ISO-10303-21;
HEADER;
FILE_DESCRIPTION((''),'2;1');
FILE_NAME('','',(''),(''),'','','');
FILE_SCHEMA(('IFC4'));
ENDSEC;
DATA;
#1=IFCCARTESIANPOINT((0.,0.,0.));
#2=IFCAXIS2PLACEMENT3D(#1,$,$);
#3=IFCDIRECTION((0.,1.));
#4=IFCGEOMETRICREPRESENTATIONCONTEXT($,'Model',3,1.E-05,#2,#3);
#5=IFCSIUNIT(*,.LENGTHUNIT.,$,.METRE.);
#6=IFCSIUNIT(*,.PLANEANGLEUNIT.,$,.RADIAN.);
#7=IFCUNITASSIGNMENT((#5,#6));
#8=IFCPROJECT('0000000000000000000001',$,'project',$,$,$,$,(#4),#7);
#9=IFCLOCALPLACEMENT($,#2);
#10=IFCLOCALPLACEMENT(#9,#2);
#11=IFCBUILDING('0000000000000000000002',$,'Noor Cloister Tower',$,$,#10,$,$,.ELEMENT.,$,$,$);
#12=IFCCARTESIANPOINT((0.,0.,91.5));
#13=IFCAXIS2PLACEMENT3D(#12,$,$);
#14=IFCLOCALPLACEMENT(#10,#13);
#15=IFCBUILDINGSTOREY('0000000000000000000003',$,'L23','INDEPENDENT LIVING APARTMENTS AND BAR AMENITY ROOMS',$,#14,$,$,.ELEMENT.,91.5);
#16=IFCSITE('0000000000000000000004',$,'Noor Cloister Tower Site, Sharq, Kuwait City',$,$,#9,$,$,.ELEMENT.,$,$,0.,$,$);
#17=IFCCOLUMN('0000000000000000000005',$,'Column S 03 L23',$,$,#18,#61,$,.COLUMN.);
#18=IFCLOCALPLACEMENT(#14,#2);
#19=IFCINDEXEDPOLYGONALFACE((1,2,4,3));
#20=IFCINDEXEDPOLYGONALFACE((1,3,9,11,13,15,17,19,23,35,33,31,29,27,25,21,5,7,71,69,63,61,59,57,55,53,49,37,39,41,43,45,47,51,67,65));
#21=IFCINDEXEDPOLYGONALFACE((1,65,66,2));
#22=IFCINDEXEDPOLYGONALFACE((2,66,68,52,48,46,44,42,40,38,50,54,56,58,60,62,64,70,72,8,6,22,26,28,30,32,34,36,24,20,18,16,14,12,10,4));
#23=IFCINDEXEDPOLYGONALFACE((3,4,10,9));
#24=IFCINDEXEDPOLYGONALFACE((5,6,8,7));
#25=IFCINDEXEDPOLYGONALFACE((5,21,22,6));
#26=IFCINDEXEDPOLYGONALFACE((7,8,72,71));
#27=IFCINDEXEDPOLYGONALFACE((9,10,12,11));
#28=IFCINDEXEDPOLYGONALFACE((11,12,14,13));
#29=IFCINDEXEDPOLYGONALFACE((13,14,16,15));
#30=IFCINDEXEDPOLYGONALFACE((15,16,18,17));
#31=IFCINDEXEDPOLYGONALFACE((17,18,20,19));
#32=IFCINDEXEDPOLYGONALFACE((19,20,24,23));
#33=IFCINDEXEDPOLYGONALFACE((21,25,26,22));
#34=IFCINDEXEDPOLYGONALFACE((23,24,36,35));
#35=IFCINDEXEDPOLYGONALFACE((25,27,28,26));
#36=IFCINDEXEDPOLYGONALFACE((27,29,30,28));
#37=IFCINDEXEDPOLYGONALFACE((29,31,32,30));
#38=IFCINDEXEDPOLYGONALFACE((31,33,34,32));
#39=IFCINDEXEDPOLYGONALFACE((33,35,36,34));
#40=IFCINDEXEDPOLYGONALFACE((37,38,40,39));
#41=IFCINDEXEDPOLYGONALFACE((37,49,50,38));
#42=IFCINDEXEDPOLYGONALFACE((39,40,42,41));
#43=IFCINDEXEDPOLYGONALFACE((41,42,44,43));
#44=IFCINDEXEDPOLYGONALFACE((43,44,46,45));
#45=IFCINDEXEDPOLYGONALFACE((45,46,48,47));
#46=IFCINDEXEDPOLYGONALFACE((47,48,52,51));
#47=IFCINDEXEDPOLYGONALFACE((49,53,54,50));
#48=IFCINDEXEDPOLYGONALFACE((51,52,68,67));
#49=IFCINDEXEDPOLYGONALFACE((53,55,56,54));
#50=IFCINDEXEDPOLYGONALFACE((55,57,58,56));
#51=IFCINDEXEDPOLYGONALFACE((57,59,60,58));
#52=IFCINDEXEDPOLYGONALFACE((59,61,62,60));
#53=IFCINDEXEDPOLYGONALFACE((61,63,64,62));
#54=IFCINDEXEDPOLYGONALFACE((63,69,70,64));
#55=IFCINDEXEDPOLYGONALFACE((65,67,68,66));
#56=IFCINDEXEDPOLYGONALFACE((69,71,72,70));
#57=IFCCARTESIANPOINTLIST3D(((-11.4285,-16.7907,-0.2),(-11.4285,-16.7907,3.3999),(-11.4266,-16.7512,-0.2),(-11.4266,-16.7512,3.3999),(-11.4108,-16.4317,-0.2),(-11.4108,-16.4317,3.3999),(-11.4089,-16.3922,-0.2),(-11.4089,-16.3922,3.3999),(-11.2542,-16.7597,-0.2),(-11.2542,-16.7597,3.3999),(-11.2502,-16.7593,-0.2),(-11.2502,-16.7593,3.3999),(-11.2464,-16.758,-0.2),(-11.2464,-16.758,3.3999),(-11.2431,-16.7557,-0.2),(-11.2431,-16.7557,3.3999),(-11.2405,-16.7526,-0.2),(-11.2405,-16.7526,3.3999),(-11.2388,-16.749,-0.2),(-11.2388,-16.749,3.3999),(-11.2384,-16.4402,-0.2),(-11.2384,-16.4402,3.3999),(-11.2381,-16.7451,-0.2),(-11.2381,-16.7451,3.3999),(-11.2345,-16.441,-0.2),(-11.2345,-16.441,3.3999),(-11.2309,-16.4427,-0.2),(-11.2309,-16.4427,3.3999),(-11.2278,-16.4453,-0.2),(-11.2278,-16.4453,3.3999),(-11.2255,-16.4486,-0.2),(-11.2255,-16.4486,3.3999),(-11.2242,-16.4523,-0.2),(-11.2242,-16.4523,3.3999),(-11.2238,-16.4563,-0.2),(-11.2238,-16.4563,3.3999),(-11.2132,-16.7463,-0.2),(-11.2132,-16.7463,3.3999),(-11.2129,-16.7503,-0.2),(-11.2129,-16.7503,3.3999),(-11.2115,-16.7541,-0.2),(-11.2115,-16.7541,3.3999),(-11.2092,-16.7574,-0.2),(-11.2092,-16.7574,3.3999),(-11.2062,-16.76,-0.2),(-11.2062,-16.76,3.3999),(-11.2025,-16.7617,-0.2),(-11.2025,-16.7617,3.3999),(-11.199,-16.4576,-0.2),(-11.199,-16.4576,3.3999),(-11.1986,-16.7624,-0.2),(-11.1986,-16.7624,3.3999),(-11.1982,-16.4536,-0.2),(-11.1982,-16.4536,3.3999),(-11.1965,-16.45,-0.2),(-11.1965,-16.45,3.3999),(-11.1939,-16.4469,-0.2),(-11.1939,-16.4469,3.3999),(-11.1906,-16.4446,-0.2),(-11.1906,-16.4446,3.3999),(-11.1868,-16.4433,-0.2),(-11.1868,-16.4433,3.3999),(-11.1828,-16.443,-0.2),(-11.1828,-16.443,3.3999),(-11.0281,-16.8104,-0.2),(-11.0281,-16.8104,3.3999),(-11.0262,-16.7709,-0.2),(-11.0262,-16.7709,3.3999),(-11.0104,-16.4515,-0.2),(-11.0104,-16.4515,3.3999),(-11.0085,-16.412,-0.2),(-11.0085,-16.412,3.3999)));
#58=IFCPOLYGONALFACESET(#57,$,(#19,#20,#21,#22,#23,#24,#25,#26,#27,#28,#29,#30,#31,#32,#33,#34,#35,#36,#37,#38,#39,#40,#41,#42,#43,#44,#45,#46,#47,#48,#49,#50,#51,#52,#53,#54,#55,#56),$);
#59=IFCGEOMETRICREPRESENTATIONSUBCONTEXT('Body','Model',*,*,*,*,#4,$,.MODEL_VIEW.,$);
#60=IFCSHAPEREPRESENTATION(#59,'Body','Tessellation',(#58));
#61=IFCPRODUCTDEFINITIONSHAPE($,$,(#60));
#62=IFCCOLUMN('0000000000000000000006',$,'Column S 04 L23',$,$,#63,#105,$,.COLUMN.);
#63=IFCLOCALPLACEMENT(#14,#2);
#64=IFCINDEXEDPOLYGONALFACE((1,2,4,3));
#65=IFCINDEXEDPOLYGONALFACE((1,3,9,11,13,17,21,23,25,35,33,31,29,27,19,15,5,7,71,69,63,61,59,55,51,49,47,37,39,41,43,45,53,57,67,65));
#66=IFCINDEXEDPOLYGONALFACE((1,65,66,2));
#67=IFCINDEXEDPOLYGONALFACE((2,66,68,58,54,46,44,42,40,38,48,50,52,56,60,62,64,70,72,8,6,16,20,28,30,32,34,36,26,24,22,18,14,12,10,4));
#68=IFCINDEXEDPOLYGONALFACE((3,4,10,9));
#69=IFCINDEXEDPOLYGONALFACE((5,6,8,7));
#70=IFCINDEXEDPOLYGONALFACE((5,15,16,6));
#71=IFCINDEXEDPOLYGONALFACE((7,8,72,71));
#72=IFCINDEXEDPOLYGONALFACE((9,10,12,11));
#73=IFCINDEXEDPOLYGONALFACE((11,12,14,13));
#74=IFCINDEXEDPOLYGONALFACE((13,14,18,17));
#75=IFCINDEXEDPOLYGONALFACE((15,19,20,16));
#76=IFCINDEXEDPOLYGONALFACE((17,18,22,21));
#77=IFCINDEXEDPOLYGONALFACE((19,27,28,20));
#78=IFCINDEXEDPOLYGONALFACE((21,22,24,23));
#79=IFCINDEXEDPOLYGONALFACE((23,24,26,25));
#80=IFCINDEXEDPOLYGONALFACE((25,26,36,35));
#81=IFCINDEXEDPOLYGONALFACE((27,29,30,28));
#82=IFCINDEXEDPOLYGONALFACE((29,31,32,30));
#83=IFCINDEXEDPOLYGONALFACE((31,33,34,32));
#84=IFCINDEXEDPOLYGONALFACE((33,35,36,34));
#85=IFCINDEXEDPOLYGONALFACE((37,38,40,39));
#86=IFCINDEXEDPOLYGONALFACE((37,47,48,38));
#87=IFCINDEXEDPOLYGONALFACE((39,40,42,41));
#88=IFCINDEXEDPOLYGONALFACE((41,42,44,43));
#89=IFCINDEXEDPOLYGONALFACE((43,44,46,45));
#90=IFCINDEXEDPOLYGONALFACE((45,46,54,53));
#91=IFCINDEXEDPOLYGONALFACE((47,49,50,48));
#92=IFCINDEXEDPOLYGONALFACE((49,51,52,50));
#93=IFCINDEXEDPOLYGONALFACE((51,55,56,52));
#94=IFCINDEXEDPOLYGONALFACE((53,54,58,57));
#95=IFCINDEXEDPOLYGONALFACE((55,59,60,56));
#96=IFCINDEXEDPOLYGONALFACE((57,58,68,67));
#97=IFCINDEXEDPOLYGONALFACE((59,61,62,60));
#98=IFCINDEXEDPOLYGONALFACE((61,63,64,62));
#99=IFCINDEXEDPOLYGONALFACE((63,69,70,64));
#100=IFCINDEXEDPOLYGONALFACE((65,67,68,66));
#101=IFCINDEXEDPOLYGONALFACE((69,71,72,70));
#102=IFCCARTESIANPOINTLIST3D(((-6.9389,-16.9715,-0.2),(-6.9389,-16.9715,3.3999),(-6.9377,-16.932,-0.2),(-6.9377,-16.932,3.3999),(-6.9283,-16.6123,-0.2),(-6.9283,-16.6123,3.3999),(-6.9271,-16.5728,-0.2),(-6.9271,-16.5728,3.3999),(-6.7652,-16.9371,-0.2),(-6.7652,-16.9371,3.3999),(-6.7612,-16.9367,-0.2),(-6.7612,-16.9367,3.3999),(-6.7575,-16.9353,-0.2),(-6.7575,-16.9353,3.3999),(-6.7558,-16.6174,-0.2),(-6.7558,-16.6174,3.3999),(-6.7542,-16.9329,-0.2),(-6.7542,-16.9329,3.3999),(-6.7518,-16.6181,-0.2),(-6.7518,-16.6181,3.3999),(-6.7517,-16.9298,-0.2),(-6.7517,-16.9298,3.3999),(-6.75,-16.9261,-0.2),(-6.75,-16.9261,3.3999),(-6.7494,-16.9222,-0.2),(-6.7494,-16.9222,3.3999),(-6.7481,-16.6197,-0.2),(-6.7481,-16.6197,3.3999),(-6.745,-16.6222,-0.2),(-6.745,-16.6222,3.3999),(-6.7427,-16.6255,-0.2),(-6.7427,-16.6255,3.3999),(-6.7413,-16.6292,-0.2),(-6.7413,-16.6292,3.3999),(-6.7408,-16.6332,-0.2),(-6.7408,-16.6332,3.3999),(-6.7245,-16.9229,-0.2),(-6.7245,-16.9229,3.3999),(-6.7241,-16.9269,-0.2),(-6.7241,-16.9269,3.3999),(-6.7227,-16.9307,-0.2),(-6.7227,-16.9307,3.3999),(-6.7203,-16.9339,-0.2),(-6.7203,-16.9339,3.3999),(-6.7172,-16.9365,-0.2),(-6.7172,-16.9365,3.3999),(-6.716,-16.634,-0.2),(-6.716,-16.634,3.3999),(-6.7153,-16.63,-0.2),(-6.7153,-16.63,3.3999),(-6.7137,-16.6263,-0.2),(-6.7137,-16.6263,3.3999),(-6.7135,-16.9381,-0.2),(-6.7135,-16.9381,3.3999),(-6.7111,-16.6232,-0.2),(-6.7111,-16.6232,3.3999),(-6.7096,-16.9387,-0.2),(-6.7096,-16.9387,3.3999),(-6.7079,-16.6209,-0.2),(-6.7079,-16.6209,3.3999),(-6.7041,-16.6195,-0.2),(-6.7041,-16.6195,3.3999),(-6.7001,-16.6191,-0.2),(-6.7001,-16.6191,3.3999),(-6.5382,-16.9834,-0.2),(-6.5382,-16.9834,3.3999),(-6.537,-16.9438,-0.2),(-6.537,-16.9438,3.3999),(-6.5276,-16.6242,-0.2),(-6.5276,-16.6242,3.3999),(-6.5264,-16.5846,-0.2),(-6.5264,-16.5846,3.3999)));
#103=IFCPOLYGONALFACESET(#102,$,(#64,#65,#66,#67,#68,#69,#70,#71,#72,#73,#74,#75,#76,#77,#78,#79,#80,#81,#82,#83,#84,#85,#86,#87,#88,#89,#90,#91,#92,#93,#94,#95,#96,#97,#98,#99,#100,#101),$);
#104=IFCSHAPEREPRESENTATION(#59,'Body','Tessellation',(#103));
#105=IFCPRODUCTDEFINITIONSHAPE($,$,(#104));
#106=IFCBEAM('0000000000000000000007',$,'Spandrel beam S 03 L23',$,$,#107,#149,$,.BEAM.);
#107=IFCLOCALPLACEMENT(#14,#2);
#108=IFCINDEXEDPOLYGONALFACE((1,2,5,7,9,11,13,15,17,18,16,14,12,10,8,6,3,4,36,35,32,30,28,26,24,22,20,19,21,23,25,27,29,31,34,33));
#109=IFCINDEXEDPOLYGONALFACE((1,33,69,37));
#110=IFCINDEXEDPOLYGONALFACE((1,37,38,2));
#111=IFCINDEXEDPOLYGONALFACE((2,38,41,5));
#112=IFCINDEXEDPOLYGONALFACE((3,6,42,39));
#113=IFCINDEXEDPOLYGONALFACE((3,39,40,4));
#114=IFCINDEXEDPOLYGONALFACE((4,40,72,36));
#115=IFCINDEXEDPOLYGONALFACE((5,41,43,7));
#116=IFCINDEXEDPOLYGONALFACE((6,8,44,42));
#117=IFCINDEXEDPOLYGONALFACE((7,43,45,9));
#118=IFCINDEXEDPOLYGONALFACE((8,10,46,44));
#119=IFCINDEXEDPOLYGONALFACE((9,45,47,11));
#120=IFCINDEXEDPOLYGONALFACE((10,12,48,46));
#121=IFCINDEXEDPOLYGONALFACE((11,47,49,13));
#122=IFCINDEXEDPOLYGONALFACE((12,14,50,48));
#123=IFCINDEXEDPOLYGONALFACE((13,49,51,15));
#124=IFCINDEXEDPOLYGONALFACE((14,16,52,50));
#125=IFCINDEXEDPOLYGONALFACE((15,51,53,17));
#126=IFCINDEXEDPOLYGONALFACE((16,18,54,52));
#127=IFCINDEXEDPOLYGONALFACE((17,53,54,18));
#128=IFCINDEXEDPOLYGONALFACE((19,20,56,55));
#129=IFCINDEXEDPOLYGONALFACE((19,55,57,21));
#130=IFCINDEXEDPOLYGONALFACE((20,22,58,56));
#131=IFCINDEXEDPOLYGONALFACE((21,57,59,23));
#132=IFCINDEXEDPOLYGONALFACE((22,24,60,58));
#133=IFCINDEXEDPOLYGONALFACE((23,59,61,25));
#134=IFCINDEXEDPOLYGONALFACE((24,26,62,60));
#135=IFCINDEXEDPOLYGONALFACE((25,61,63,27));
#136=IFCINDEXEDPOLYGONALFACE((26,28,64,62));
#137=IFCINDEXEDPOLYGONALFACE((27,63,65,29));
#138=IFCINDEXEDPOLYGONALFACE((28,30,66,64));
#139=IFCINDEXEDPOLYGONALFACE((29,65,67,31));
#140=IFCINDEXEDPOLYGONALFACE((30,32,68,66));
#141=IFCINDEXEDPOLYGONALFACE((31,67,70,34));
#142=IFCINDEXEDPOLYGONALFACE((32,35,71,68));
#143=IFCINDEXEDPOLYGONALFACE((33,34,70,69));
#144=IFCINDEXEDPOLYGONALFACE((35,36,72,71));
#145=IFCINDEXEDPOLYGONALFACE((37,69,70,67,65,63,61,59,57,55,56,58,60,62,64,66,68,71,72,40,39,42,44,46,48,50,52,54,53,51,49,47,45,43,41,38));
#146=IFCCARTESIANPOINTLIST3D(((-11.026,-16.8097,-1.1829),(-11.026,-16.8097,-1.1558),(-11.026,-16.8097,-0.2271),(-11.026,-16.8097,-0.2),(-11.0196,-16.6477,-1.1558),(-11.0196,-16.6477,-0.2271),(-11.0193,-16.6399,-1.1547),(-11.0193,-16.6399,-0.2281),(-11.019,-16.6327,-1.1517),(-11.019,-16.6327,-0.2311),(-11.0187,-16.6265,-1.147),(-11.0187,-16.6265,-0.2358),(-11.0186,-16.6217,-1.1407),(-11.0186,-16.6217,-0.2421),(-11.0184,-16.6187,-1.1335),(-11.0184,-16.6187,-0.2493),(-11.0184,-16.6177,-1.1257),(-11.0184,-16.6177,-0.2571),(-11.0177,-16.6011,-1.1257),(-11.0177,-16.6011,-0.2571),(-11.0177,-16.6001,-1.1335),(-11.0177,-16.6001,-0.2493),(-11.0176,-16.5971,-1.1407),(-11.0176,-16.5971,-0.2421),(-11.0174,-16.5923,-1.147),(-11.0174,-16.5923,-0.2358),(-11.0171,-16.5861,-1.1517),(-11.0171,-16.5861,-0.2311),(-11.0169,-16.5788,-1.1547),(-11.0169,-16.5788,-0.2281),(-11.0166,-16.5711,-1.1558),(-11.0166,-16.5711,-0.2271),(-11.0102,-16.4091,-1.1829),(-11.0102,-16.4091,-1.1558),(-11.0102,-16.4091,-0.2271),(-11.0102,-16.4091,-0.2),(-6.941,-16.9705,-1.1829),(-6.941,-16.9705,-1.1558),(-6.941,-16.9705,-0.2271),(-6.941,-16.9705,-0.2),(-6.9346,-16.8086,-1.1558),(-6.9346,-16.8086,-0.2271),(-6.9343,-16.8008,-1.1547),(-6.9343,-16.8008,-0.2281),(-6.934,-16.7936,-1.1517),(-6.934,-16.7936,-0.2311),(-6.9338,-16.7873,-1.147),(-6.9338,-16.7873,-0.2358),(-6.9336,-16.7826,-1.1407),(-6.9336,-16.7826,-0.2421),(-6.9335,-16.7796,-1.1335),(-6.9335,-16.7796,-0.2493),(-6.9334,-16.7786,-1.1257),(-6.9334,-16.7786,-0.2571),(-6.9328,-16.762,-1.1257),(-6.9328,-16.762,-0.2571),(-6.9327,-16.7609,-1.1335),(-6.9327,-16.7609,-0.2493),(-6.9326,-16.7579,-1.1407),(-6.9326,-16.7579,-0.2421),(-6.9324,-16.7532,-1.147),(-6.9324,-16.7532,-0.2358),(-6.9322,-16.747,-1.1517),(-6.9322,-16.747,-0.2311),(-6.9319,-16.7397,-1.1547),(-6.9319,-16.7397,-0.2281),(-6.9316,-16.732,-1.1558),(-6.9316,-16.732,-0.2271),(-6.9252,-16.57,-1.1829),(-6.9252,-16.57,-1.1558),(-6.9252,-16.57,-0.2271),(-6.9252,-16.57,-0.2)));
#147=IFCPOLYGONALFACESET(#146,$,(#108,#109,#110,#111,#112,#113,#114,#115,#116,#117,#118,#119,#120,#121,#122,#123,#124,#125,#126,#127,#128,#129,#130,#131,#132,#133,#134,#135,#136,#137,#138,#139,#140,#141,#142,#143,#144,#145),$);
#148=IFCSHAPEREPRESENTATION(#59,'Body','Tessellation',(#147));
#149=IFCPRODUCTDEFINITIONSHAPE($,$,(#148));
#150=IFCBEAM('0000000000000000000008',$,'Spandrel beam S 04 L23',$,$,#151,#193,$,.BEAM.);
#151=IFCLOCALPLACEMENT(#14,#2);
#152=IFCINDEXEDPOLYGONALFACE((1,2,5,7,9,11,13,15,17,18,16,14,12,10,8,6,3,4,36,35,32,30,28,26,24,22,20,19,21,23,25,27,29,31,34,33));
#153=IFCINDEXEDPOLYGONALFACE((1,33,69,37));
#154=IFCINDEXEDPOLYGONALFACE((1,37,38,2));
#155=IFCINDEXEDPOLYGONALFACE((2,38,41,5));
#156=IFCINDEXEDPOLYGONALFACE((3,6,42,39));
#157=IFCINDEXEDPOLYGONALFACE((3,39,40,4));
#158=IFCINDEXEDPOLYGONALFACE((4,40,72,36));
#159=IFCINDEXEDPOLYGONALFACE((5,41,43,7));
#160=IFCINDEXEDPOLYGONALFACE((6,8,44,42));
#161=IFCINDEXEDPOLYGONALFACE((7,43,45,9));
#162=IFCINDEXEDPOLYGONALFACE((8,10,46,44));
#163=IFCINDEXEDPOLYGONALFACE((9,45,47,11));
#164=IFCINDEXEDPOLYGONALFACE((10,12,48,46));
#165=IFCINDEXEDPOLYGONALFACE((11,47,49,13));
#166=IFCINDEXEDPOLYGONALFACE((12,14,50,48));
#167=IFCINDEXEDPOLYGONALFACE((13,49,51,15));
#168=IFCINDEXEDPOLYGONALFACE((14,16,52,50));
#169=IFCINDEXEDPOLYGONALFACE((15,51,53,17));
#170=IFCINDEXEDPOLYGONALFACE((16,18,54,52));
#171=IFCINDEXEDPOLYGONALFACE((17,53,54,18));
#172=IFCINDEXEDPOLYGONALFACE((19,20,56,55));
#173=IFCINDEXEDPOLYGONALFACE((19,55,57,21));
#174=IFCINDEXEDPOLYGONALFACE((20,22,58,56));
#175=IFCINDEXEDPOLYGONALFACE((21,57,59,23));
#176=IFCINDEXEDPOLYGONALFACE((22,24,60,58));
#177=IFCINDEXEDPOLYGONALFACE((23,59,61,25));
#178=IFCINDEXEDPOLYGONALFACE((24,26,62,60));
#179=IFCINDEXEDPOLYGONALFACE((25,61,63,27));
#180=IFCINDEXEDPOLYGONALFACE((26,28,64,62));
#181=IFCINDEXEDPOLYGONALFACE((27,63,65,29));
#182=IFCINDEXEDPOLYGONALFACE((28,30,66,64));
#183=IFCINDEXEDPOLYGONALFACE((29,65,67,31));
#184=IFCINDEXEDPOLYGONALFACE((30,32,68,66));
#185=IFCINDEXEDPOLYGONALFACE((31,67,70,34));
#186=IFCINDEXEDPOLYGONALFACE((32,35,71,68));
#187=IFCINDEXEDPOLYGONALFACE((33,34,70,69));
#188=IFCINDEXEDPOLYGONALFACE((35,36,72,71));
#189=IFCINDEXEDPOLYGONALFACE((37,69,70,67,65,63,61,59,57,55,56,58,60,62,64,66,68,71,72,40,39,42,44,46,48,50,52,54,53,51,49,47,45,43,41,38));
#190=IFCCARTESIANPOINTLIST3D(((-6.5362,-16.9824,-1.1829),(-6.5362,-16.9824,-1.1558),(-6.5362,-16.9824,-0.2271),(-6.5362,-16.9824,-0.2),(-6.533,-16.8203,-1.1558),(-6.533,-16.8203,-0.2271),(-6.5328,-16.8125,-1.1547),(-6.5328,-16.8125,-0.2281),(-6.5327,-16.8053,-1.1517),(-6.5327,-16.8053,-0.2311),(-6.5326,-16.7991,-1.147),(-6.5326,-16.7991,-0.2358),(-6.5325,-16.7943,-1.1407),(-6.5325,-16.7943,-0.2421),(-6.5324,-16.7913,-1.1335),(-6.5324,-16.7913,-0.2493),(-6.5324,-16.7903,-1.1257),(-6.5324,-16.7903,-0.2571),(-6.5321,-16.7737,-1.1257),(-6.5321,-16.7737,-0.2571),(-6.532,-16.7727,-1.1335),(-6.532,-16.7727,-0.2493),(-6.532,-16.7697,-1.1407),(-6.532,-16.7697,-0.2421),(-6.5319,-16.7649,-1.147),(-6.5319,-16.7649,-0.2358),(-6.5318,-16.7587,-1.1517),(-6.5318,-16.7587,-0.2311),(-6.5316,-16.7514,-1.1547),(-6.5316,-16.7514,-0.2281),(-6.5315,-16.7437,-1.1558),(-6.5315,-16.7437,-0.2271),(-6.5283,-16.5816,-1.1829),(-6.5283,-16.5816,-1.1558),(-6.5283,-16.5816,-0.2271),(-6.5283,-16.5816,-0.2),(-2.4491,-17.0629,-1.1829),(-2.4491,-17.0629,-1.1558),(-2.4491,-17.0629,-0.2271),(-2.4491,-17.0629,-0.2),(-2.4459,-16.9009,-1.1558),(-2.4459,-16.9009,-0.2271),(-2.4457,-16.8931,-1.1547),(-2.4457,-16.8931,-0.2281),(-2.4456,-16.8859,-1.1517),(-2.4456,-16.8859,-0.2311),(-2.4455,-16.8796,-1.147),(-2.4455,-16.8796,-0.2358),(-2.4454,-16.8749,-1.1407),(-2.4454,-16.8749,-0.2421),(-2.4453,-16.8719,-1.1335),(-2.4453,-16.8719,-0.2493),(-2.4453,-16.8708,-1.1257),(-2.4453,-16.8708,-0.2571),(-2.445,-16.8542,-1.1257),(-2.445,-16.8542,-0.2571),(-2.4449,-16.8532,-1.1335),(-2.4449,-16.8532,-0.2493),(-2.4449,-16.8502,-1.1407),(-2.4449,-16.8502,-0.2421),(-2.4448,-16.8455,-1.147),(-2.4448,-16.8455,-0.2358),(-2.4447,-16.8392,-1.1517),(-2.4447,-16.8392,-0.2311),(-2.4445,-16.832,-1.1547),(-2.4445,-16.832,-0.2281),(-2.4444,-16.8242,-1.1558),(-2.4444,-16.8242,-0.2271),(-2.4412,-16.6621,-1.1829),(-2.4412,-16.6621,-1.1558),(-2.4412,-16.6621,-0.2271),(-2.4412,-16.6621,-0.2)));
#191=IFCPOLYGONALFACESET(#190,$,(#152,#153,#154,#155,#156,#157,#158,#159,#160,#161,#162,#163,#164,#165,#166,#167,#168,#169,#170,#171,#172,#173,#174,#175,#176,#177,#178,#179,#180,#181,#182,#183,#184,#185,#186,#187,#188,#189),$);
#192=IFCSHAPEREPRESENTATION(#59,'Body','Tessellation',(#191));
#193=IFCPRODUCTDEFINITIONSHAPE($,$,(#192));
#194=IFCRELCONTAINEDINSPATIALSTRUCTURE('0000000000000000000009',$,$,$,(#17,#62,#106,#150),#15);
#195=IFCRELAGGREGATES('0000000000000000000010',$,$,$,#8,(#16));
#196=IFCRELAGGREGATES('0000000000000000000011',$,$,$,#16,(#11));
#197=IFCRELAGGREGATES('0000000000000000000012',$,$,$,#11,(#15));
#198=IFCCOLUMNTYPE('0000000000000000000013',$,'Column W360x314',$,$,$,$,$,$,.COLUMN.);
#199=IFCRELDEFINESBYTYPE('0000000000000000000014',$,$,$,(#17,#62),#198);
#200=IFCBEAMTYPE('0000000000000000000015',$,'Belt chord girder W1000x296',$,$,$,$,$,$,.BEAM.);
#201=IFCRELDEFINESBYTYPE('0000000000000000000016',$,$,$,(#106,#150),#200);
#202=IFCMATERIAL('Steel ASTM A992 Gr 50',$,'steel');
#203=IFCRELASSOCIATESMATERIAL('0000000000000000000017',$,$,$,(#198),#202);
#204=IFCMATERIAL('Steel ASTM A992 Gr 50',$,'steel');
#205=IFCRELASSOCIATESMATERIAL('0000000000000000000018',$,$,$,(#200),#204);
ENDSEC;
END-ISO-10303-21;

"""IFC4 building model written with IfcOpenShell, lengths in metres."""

from ifc_helpers import new_model, si_unit, direction, frame, origin, origin_2d, place, context, subcontext, project, spatial, i_section, extrude, material, material_profile, profile_set, type_object, element, save


model = new_model("IFC4")

# Units and contexts
model_context = context("Model", 3, precision=1e-05, world=origin(), true_north=direction((0.0, 1.0)))
body_context = subcontext(model_context, "Body", "Model", "MODEL_VIEW")
ifc_project = project(units=[si_unit("LENGTHUNIT", "METRE"), si_unit("PLANEANGLEUNIT", "RADIAN")], contexts=[model_context])

# Site, building, storey
site_placement = place(None, origin())
site = spatial("IfcSite", under=ifc_project, at=site_placement, Name="Noor Cloister Tower Site, Sharq, Kuwait City", CompositionType="ELEMENT", RefElevation=0.0)
building_placement = place(site_placement, origin())
building = spatial("IfcBuilding", under=site, at=building_placement, Name="Noor Cloister Tower", CompositionType="ELEMENT")
storey_placement = place(building_placement, frame((0.0, 0.0, 91.5)))
storey = spatial("IfcBuildingStorey", under=building, at=storey_placement, Name="L23", Description="INDEPENDENT LIVING APARTMENTS AND BAR AMENITY ROOMS", CompositionType="ELEMENT", Elevation=91.5)

# Columns
ifc_material_1 = material(Name="Steel ASTM A992 Gr 50", Category="steel")
ifc_material_profile_1 = material_profile(ifc_material_1, i_section(OverallWidth=0.4009, OverallDepth=0.3989, WebThickness=0.0249, FlangeThickness=0.0396, FilletRadius=0.0154, at=origin_2d()), Name="W360x314")
ifc_profile_set_1 = profile_set([ifc_material_profile_1], Name="Steel ASTM A992 Gr 50")
column_type = type_object("IfcColumnType", Name="Column W360x314", PredefinedType="COLUMN", material=ifc_profile_set_1)
for number, where, z_axis, x_axis, name in (
    (1, (-11.2185, -16.6013, -0.2), (0.0, 0.0, 1.0), (0.99879, -0.049188, 0.0), "Column S 03 L23"),
    (2, (-6.7327, -16.7781, -0.2), (0.0, 0.0, 1.0), (0.999564, -0.029521, 0.0), "Column S 04 L23"),
):
    element("IfcColumn", number, at=place(storey_placement, frame(where, z_axis=z_axis, x_axis=x_axis)), inside=storey, type_object=column_type, Name=name, PredefinedType="COLUMN", context=body_context, shape_type="SweptSolid", body=[
        extrude(i_section(OverallWidth=0.4009, OverallDepth=0.3989, WebThickness=0.0249, FlangeThickness=0.0396, FilletRadius=0.0154, at=origin_2d()), origin(), (0.0, 0.0, 1.0), 3.5999),
    ])

# Beams
ifc_material_2 = material(Name="Steel ASTM A992 Gr 50", Category="steel")
ifc_material_profile_2 = material_profile(ifc_material_2, i_section(OverallWidth=0.4009, OverallDepth=0.9829, WebThickness=0.0166, FlangeThickness=0.0271, FilletRadius=0.03, at=origin_2d()), Name="W1000x296")
ifc_profile_set_2 = profile_set([ifc_material_profile_2], Name="Steel ASTM A992 Gr 50")
beam_type_1 = type_object("IfcBeamType", Name="Belt chord girder W1000x296", PredefinedType="BEAM", material=ifc_profile_set_2)
beam_1_placement = place(storey_placement, frame((-11.0181, -16.6094, -0.6914), z_axis=(0.999225, -0.039355, 0.0), x_axis=(0.039355, 0.999225, 0.0)))
element("IfcBeam", 3, at=beam_1_placement, inside=storey, type_object=beam_type_1, Name="Spandrel beam S 03 L23", PredefinedType="BEAM", context=body_context, shape_type="SweptSolid", body=[
    extrude(i_section(OverallWidth=0.4009, OverallDepth=0.9829, WebThickness=0.0166, FlangeThickness=0.0271, FilletRadius=0.03, at=origin_2d()), origin(), (0.0, 0.0, 1.0), 4.0881),
])
beam_2_placement = place(storey_placement, frame((-6.5322, -16.782, -0.6914), z_axis=(0.999806, -0.019708, 0.0), x_axis=(0.019708, 0.999806, 0.0)))
element("IfcBeam", 4, at=beam_2_placement, inside=storey, type_object=beam_type_1, Name="Spandrel beam S 04 L23", PredefinedType="BEAM", context=body_context, shape_type="SweptSolid", body=[
    extrude(i_section(OverallWidth=0.4009, OverallDepth=0.9829, WebThickness=0.0166, FlangeThickness=0.0271, FilletRadius=0.03, at=origin_2d()), origin(), (0.0, 0.0, 1.0), 4.0879),
])

save(model, "model.ifc")
